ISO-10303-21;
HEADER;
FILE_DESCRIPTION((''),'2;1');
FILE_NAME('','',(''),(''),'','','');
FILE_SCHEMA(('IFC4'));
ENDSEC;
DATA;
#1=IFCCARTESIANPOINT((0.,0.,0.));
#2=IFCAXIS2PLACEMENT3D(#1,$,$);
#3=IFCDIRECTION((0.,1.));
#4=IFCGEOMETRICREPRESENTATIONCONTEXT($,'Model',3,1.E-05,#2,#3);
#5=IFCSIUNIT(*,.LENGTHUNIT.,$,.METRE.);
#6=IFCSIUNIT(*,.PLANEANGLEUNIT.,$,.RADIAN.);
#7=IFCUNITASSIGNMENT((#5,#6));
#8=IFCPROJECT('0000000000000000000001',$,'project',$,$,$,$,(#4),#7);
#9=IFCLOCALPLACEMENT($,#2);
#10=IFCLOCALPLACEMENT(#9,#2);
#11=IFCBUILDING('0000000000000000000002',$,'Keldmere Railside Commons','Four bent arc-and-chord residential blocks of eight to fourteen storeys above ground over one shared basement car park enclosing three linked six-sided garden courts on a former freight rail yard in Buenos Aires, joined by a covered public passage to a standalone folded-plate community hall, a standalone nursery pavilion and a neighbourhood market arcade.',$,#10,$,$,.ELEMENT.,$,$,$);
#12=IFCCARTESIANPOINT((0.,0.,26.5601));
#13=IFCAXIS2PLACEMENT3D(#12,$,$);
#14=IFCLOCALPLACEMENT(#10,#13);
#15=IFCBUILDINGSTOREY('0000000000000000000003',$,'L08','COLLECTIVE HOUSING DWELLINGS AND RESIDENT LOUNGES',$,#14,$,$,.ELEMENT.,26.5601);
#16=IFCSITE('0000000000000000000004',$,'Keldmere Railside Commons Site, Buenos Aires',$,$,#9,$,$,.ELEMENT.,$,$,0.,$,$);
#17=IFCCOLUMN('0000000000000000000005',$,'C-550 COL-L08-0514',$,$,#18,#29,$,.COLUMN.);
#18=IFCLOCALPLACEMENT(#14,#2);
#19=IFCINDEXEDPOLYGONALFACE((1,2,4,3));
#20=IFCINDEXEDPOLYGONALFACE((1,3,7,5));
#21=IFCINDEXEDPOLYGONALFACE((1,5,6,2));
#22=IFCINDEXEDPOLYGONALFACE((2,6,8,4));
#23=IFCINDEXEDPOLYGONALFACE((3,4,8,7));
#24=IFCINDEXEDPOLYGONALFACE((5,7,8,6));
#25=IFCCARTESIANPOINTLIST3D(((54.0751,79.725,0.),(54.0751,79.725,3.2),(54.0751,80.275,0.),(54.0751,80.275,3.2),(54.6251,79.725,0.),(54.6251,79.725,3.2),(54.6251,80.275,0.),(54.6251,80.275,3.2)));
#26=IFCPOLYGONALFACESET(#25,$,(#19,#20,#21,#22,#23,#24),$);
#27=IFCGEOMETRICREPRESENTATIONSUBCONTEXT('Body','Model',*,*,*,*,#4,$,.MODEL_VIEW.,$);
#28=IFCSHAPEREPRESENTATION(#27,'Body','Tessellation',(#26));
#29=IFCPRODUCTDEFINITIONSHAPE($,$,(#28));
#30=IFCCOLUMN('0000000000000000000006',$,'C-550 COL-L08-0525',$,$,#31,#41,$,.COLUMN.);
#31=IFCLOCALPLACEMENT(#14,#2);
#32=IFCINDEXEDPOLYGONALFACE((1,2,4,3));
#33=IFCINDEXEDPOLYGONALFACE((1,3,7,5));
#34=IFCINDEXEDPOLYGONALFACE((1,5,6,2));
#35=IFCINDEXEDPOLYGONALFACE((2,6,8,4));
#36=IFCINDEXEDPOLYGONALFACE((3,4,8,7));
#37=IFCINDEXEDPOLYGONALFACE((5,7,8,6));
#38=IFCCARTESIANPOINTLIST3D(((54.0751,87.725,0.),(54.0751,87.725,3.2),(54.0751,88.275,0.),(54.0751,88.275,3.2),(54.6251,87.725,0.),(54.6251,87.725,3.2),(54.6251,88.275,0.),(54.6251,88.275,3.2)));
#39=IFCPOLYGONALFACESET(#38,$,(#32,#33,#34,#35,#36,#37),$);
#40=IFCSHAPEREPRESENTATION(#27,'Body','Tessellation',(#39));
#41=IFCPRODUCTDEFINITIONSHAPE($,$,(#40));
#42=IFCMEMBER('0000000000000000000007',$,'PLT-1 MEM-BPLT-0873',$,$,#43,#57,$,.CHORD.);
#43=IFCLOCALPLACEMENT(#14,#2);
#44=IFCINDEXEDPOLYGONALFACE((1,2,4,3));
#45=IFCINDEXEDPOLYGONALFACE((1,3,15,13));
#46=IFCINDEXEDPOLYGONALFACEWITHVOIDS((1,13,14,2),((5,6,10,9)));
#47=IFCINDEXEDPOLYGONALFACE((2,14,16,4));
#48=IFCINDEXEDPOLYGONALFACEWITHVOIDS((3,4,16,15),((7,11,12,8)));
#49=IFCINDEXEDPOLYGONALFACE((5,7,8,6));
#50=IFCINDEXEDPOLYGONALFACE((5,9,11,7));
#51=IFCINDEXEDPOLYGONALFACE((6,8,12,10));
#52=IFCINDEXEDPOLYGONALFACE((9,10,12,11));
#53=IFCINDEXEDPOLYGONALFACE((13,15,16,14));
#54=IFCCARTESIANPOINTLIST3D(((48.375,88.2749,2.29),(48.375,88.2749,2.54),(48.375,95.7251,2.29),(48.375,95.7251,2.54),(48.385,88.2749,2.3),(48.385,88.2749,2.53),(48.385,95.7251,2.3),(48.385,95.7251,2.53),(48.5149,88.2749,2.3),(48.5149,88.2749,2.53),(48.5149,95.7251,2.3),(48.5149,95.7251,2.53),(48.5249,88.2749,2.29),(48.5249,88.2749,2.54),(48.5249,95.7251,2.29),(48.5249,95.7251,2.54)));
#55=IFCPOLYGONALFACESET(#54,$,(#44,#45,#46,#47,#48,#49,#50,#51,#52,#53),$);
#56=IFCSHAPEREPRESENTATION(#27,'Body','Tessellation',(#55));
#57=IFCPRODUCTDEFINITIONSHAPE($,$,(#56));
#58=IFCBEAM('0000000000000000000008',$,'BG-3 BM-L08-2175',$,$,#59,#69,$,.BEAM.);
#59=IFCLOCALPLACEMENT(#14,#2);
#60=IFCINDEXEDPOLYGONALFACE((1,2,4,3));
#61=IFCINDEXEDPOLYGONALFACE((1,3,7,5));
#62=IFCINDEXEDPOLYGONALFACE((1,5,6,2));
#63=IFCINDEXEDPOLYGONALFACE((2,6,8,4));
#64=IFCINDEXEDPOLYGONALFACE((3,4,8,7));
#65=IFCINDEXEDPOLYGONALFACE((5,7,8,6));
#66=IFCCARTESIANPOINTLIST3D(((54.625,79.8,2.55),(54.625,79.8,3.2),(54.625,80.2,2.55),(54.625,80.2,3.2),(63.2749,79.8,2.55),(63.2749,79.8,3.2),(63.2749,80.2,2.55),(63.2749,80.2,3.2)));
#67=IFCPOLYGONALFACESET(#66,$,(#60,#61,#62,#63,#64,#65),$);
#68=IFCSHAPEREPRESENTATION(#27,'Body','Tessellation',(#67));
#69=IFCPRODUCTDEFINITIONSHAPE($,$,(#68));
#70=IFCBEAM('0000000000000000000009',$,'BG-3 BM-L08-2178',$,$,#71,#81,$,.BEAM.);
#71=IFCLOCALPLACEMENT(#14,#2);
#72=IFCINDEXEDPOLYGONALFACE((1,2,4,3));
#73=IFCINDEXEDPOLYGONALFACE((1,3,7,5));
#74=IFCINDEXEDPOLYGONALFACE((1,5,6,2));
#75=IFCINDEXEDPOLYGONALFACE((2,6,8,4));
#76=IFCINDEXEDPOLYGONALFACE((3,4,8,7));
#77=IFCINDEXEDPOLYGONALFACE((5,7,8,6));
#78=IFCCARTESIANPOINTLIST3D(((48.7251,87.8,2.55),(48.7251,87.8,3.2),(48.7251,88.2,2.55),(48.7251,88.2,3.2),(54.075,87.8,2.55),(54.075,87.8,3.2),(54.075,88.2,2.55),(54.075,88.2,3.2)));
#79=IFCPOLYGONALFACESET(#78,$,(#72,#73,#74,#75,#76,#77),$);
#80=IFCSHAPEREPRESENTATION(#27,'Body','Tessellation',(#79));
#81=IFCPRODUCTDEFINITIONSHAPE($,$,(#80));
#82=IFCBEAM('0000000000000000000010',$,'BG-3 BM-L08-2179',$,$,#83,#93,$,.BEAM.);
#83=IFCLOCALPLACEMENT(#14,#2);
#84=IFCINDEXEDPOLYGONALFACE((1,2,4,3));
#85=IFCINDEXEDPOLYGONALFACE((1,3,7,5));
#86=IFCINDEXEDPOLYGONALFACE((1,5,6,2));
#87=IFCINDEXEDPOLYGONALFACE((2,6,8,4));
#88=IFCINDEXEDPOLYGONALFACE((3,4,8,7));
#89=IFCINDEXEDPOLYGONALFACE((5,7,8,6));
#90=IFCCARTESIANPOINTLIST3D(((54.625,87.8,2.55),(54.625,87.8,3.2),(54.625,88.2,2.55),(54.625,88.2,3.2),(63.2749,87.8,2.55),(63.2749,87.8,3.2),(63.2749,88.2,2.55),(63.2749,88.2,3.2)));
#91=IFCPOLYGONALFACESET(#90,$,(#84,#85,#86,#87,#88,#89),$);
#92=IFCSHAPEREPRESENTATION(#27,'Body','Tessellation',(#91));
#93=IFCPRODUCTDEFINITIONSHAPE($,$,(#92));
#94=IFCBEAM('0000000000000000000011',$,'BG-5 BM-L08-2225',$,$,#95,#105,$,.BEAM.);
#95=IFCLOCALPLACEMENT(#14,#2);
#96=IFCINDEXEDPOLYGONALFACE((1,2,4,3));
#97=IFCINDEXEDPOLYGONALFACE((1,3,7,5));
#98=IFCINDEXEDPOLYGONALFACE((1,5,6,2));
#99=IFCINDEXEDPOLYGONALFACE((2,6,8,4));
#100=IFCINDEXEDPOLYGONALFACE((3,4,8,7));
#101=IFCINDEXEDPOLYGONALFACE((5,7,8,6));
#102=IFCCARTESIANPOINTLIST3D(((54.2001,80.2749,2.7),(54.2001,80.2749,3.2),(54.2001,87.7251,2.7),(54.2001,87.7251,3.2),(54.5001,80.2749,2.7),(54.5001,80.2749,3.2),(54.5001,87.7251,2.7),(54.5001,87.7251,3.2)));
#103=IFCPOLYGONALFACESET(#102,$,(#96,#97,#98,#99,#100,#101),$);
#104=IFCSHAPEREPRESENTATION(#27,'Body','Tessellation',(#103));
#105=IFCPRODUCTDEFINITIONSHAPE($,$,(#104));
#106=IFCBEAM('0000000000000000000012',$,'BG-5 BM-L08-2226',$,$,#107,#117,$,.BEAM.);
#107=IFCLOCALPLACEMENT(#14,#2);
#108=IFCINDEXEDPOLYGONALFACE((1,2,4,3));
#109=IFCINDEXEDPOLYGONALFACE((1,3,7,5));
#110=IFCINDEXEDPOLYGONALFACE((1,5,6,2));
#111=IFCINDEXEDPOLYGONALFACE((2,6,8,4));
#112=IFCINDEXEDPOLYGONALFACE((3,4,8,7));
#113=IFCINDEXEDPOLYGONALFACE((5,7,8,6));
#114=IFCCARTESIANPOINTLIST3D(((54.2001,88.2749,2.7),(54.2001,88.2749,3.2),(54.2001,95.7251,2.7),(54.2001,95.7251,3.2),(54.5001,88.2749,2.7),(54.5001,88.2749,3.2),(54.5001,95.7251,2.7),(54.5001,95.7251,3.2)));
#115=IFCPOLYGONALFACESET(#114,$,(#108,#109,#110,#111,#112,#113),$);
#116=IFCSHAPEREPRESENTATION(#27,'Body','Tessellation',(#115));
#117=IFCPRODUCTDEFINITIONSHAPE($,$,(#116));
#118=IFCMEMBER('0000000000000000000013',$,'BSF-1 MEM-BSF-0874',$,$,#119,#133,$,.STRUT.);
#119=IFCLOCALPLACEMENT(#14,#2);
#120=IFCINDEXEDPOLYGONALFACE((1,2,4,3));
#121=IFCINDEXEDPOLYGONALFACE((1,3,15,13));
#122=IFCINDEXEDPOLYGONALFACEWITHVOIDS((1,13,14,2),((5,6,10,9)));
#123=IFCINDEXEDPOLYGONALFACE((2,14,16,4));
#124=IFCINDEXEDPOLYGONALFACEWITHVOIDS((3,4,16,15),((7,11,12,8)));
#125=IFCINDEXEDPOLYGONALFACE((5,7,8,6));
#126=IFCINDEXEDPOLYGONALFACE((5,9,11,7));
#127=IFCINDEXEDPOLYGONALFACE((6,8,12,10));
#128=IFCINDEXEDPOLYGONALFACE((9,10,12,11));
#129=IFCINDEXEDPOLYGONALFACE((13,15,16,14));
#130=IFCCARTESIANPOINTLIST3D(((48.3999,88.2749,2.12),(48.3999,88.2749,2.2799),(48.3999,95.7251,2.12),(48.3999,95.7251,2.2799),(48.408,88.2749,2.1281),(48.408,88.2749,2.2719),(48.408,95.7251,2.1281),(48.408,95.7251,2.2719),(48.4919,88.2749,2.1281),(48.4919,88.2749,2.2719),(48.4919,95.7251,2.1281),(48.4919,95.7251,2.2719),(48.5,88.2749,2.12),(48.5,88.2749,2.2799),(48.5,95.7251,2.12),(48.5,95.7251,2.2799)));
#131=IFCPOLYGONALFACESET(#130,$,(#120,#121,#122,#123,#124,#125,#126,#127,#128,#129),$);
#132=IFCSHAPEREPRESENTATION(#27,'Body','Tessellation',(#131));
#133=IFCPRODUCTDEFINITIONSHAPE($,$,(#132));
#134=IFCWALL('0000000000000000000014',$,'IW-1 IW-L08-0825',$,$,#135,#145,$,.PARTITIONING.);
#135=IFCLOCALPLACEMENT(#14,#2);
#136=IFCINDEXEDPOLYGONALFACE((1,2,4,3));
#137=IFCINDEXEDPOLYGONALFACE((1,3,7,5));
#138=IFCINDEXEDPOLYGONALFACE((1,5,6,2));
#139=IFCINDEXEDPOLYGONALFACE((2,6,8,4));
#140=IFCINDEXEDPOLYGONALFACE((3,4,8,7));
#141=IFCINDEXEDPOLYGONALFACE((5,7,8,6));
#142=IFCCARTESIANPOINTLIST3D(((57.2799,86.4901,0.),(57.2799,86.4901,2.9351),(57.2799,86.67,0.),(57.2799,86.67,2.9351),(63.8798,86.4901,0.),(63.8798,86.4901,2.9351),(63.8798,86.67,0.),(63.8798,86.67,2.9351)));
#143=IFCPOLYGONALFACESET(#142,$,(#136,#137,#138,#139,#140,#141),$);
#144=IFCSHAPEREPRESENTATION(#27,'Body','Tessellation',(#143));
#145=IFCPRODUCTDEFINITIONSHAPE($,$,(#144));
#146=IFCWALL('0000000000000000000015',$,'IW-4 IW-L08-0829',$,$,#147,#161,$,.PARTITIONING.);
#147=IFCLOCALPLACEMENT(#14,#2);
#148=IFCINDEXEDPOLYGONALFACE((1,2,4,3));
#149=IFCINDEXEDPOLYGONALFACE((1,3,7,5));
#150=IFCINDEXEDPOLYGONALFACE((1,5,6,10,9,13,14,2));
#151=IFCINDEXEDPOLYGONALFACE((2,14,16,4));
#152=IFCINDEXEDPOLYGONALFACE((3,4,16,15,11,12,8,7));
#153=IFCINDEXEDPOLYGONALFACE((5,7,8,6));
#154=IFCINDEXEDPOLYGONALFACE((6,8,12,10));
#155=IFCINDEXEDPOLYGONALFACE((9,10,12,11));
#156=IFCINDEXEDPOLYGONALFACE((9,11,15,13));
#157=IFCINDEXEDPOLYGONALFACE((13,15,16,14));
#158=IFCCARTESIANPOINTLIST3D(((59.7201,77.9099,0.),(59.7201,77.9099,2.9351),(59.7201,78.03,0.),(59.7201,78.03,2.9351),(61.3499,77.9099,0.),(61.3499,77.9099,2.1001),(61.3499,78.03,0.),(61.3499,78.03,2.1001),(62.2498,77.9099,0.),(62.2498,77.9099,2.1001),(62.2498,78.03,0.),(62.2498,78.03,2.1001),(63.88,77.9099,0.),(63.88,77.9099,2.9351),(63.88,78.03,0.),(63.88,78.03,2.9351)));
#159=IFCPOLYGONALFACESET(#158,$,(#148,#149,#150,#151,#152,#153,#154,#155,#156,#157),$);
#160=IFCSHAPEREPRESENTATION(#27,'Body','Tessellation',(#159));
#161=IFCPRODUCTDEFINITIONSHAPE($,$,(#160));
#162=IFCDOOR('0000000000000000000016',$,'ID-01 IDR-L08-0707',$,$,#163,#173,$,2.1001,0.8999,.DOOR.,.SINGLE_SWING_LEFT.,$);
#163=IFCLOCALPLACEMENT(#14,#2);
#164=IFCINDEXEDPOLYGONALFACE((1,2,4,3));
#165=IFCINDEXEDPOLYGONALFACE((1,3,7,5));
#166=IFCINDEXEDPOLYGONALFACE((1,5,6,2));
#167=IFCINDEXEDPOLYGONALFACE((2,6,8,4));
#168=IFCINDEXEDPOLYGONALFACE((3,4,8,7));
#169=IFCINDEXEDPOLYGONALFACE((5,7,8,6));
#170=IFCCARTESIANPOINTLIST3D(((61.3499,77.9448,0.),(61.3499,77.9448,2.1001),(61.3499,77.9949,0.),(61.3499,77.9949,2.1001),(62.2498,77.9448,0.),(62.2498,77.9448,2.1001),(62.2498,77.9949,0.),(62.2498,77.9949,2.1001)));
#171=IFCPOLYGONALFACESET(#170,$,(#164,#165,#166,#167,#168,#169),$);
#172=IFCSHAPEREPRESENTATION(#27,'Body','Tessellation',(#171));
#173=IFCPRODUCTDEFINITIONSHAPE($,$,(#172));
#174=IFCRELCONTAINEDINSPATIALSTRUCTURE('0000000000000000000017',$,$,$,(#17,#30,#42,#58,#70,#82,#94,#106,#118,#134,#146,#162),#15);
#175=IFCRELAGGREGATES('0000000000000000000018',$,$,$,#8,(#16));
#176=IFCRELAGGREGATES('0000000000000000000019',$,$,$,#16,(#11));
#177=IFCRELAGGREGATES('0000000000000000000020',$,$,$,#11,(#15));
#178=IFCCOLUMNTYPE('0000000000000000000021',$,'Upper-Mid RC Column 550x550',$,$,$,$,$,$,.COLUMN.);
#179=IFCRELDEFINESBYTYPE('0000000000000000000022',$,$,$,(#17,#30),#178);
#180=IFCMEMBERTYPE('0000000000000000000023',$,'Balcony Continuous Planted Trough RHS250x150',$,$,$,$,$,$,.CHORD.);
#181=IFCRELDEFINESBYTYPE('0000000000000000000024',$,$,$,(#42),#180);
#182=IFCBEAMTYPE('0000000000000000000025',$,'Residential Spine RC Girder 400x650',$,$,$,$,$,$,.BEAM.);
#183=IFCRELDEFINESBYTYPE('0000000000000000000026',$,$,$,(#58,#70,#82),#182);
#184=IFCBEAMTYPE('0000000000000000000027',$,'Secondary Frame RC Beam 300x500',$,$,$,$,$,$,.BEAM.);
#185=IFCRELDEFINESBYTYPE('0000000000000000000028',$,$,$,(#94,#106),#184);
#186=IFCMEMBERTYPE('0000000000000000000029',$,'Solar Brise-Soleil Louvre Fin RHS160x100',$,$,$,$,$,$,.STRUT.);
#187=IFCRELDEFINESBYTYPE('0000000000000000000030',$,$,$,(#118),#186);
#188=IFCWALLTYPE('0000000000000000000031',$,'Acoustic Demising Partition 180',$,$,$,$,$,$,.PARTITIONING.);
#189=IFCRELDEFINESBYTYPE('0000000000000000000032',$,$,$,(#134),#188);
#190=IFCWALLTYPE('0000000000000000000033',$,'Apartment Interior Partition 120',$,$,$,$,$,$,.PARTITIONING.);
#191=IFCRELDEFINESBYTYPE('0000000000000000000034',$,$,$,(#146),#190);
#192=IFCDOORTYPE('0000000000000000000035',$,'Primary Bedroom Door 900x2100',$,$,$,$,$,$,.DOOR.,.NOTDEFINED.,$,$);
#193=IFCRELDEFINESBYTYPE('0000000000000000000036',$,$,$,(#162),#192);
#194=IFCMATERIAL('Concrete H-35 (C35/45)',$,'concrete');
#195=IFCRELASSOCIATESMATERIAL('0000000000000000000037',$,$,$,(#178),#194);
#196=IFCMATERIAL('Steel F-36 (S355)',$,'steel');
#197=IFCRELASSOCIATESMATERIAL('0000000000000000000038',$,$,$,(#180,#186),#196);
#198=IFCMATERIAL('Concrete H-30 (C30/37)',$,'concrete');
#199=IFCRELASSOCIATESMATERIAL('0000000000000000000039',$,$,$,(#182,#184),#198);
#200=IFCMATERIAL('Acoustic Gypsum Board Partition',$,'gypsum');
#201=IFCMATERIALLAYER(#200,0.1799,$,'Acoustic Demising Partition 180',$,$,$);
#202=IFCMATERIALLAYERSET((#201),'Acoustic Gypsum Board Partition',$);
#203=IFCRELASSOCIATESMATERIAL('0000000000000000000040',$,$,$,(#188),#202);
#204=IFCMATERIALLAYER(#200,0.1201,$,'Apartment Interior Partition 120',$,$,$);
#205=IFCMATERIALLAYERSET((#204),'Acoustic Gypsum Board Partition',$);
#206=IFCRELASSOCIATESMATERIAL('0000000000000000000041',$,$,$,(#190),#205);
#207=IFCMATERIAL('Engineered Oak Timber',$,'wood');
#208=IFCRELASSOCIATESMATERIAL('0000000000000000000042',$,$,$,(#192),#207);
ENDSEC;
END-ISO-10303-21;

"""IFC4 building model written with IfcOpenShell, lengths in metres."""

from ifc_helpers import new_model, si_unit, direction, frame, frame_2d, origin, origin_2d, place, context, subcontext, project, spatial, rectangle, hollow_rectangle, extrude, material, layer, layer_set, material_profile, profile_set, type_object, element, fill, save


model = new_model("IFC4")

# Units and contexts
model_context = context("Model", 3, precision=1e-05, world=origin(), true_north=direction((0.0, 1.0)))
body_context = subcontext(model_context, "Body", "Model", "MODEL_VIEW")
ifc_project = project(units=[si_unit("LENGTHUNIT", "METRE"), si_unit("PLANEANGLEUNIT", "RADIAN")], contexts=[model_context])

# Site, building, storey
site_placement = place(None, origin())
site = spatial("IfcSite", under=ifc_project, at=site_placement, Name="Keldmere Railside Commons Site, Buenos Aires", CompositionType="ELEMENT", RefElevation=0.0)
building_placement = place(site_placement, origin())
building = spatial("IfcBuilding", under=site, at=building_placement, Name="Keldmere Railside Commons", Description="Four bent arc-and-chord residential blocks of eight to fourteen storeys above ground over one shared basement car park enclosing three linked six-sided garden courts on a former freight rail yard in Buenos Aires, joined by a covered public passage to a standalone folded-plate community hall, a standalone nursery pavilion and a neighbourhood market arcade.", CompositionType="ELEMENT")
storey_placement = place(building_placement, frame((0.0, 0.0, 26.5601)))
storey = spatial("IfcBuildingStorey", under=building, at=storey_placement, Name="L08", Description="COLLECTIVE HOUSING DWELLINGS AND RESIDENT LOUNGES", CompositionType="ELEMENT", Elevation=26.5601)

# Columns
ifc_material_1 = material(Name="Concrete H-35 (C35/45)", Category="concrete")
ifc_material_profile_1 = material_profile(ifc_material_1, rectangle(XDim=0.55, YDim=0.55, at=origin_2d()), Name="RC-550x550")
ifc_profile_set_1 = profile_set([ifc_material_profile_1], Name="Concrete H-35 (C35/45)")
column_type = type_object("IfcColumnType", Name="Upper-Mid RC Column 550x550", PredefinedType="COLUMN", material=ifc_profile_set_1)
for number, where, z_axis, x_axis, name in (
    (1, (54.3501, 80.0, 0.0), (0.0, 0.0, 1.0), (1.0, 0.0, 0.0), "C-550 COL-L08-0514"),
    (2, (54.3501, 88.0, 0.0), (0.0, 0.0, 1.0), (1.0, 0.0, 0.0), "C-550 COL-L08-0525"),
):
    element("IfcColumn", number, at=place(storey_placement, frame(where, z_axis=z_axis, x_axis=x_axis)), inside=storey, type_object=column_type, Name=name, PredefinedType="COLUMN", context=body_context, shape_type="SweptSolid", body=[
        extrude(rectangle(XDim=0.55, YDim=0.55, at=origin_2d()), origin(), (0.0, 0.0, 1.0), 3.2),
    ])

# Member
ifc_material_2 = material(Name="Steel F-36 (S355)", Category="steel")
ifc_material_profile_2 = material_profile(ifc_material_2, hollow_rectangle(XDim=0.1499, YDim=0.25, WallThickness=0.01, at=origin_2d()), Name="RHS-250x150x10")
ifc_profile_set_2 = profile_set([ifc_material_profile_2], Name="Steel F-36 (S355)")
member_type_1 = type_object("IfcMemberType", Name="Balcony Continuous Planted Trough RHS250x150", PredefinedType="CHORD", material=ifc_profile_set_2)
member_1_placement = place(storey_placement, frame((48.45, 88.2749, 2.415), z_axis=(0.0, 1.0, 0.0), x_axis=(-1.0, 0.0, 0.0)))
element("IfcMember", 3, at=member_1_placement, inside=storey, type_object=member_type_1, Name="PLT-1 MEM-BPLT-0873", PredefinedType="CHORD", context=body_context, shape_type="SweptSolid", body=[
    extrude(hollow_rectangle(XDim=0.1499, YDim=0.25, WallThickness=0.01, at=origin_2d()), origin(), (0.0, 0.0, 1.0), 7.4502),
])

# Beams
ifc_material_3 = material(Name="Concrete H-30 (C30/37)", Category="concrete")
ifc_material_profile_3 = material_profile(ifc_material_3, rectangle(XDim=0.3999, YDim=0.6499, at=origin_2d()), Name="RC-400x650")
ifc_profile_set_3 = profile_set([ifc_material_profile_3], Name="Concrete H-30 (C30/37)")
beam_type_1 = type_object("IfcBeamType", Name="Residential Spine RC Girder 400x650", PredefinedType="BEAM", material=ifc_profile_set_3)
beam_1_placement = place(storey_placement, frame((54.625, 80.0, 2.875), z_axis=(1.0, 0.0, 0.0), x_axis=(0.0, 1.0, 0.0)))
element("IfcBeam", 4, at=beam_1_placement, inside=storey, type_object=beam_type_1, Name="BG-3 BM-L08-2175", PredefinedType="BEAM", context=body_context, shape_type="SweptSolid", body=[
    extrude(rectangle(XDim=0.3999, YDim=0.6499, at=origin_2d()), origin(), (0.0, 0.0, 1.0), 8.6499),
])
beam_2_placement = place(storey_placement, frame((48.7251, 88.0, 2.875), z_axis=(1.0, 0.0, 0.0), x_axis=(0.0, 1.0, 0.0)))
element("IfcBeam", 5, at=beam_2_placement, inside=storey, type_object=beam_type_1, Name="BG-3 BM-L08-2178", PredefinedType="BEAM", context=body_context, shape_type="SweptSolid", body=[
    extrude(rectangle(XDim=0.3999, YDim=0.6499, at=origin_2d()), origin(), (0.0, 0.0, 1.0), 5.3499),
])
beam_3_placement = place(storey_placement, frame((54.625, 88.0, 2.875), z_axis=(1.0, 0.0, 0.0), x_axis=(0.0, 1.0, 0.0)))
element("IfcBeam", 6, at=beam_3_placement, inside=storey, type_object=beam_type_1, Name="BG-3 BM-L08-2179", PredefinedType="BEAM", context=body_context, shape_type="SweptSolid", body=[
    extrude(rectangle(XDim=0.3999, YDim=0.6499, at=origin_2d()), origin(), (0.0, 0.0, 1.0), 8.6499),
])
ifc_material_profile_4 = material_profile(ifc_material_3, rectangle(XDim=0.3, YDim=0.5, at=origin_2d()), Name="RC-300x500")
ifc_profile_set_4 = profile_set([ifc_material_profile_4], Name="Concrete H-30 (C30/37)")
beam_type_2 = type_object("IfcBeamType", Name="Secondary Frame RC Beam 300x500", PredefinedType="BEAM", material=ifc_profile_set_4)
for number, where, z_axis, x_axis, name in (
    (7, (54.3501, 80.2749, 2.95), (0.0, 1.0, 0.0), (-1.0, 0.0, 0.0), "BG-5 BM-L08-2225"),
    (8, (54.3501, 88.2749, 2.95), (0.0, 1.0, 0.0), (-1.0, 0.0, 0.0), "BG-5 BM-L08-2226"),
):
    element("IfcBeam", number, at=place(storey_placement, frame(where, z_axis=z_axis, x_axis=x_axis)), inside=storey, type_object=beam_type_2, Name=name, PredefinedType="BEAM", context=body_context, shape_type="SweptSolid", body=[
        extrude(rectangle(XDim=0.3, YDim=0.5, at=origin_2d()), origin(), (0.0, 0.0, 1.0), 7.4502),
    ])

# Member
ifc_material_profile_5 = material_profile(ifc_material_2, hollow_rectangle(XDim=0.1001, YDim=0.1599, WallThickness=0.0081, at=origin_2d()), Name="RHS-160x100x8")
ifc_profile_set_5 = profile_set([ifc_material_profile_5], Name="Steel F-36 (S355)")
member_type_2 = type_object("IfcMemberType", Name="Solar Brise-Soleil Louvre Fin RHS160x100", PredefinedType="STRUT", material=ifc_profile_set_5)
member_2_placement = place(storey_placement, frame((48.45, 88.2749, 2.2), z_axis=(0.0, 1.0, 0.0), x_axis=(-1.0, 0.0, 0.0)))
element("IfcMember", 9, at=member_2_placement, inside=storey, type_object=member_type_2, Name="BSF-1 MEM-BSF-0874", PredefinedType="STRUT", context=body_context, shape_type="SweptSolid", body=[
    extrude(hollow_rectangle(XDim=0.1001, YDim=0.1599, WallThickness=0.0081, at=origin_2d()), origin(), (0.0, 0.0, 1.0), 7.4502),
])

# Wall
ifc_material_4 = material(Name="Acoustic Gypsum Board Partition", Category="gypsum")
ifc_layer_1 = layer(ifc_material_4, 0.1799, Name="Acoustic Demising Partition 180")
ifc_layer_set_1 = layer_set([ifc_layer_1], Name="Acoustic Gypsum Board Partition")
wall_type_1 = type_object("IfcWallType", Name="Acoustic Demising Partition 180", PredefinedType="PARTITIONING", material=ifc_layer_set_1)
wall_1_placement = place(storey_placement, frame((57.28, 86.5801, 0.0), z_axis=(0.0, 0.0, 1.0), x_axis=(1.0, 0.0, 0.0)))
element("IfcWall", 10, at=wall_1_placement, inside=storey, type_object=wall_type_1, Name="IW-1 IW-L08-0825", PredefinedType="PARTITIONING", context=body_context, shape_type="SweptSolid", body=[
    extrude(rectangle(XDim=6.5999, YDim=0.1799, at=frame_2d((3.2998, 0.0))), origin(), (0.0, 0.0, 1.0), 2.9351),
])

# Wall, opening, door
ifc_layer_2 = layer(ifc_material_4, 0.1201, Name="Apartment Interior Partition 120")
ifc_layer_set_2 = layer_set([ifc_layer_2], Name="Acoustic Gypsum Board Partition")
wall_type_2 = type_object("IfcWallType", Name="Apartment Interior Partition 120", PredefinedType="PARTITIONING", material=ifc_layer_set_2)
wall_2_placement = place(storey_placement, frame((59.72, 77.97, 0.0), z_axis=(0.0, 0.0, 1.0), x_axis=(1.0, 0.0, 0.0)))
wall_2 = element("IfcWall", 11, at=wall_2_placement, inside=storey, type_object=wall_type_2, Name="IW-4 IW-L08-0829", PredefinedType="PARTITIONING", context=body_context, shape_type="SweptSolid", body=[
    extrude(rectangle(XDim=4.1599, YDim=0.1201, at=frame_2d((2.0801, 0.0))), origin(), (0.0, 0.0, 1.0), 2.9351),
])
opening_1_placement = place(wall_2_placement, frame((1.6299, 0.0, 0.0)))
opening_1 = element("IfcOpeningElement", 12, at=opening_1_placement, cuts=wall_2, PredefinedType="OPENING", context=body_context, shape_type="SweptSolid", body=[
    extrude(rectangle(XDim=0.8999, YDim=2.1001, at=frame_2d((0.45, 1.05))), frame((0.0, 0.0701, 0.0), z_axis=(0.0, -1.0, 0.0), x_axis=(1.0, 0.0, 0.0)), (0.0, 0.0, 1.0), 0.1401),
])
ifc_material_5 = material(Name="Engineered Oak Timber", Category="wood")
door_type_1 = type_object("IfcDoorType", Name="Primary Bedroom Door 900x2100", OperationType="NOTDEFINED", PredefinedType="DOOR", material=ifc_material_5)
door_1_placement = place(opening_1_placement, origin())
door_1 = element("IfcDoor", 13, at=door_1_placement, inside=storey, type_object=door_type_1, Name="ID-01 IDR-L08-0707", OperationType="SINGLE_SWING_LEFT", OverallHeight=2.1001, OverallWidth=0.8999, PredefinedType="DOOR", context=body_context, shape_type="SweptSolid", body=[
    extrude(rectangle(XDim=0.8999, YDim=2.1001, at=frame_2d((0.45, 1.05))), frame((0.0, 0.0249, 0.0), z_axis=(0.0, -1.0, 0.0), x_axis=(1.0, 0.0, 0.0)), (0.0, 0.0, 1.0), 0.05),
])
fill(opening_1, door_1)

save(model, "model.ifc")
